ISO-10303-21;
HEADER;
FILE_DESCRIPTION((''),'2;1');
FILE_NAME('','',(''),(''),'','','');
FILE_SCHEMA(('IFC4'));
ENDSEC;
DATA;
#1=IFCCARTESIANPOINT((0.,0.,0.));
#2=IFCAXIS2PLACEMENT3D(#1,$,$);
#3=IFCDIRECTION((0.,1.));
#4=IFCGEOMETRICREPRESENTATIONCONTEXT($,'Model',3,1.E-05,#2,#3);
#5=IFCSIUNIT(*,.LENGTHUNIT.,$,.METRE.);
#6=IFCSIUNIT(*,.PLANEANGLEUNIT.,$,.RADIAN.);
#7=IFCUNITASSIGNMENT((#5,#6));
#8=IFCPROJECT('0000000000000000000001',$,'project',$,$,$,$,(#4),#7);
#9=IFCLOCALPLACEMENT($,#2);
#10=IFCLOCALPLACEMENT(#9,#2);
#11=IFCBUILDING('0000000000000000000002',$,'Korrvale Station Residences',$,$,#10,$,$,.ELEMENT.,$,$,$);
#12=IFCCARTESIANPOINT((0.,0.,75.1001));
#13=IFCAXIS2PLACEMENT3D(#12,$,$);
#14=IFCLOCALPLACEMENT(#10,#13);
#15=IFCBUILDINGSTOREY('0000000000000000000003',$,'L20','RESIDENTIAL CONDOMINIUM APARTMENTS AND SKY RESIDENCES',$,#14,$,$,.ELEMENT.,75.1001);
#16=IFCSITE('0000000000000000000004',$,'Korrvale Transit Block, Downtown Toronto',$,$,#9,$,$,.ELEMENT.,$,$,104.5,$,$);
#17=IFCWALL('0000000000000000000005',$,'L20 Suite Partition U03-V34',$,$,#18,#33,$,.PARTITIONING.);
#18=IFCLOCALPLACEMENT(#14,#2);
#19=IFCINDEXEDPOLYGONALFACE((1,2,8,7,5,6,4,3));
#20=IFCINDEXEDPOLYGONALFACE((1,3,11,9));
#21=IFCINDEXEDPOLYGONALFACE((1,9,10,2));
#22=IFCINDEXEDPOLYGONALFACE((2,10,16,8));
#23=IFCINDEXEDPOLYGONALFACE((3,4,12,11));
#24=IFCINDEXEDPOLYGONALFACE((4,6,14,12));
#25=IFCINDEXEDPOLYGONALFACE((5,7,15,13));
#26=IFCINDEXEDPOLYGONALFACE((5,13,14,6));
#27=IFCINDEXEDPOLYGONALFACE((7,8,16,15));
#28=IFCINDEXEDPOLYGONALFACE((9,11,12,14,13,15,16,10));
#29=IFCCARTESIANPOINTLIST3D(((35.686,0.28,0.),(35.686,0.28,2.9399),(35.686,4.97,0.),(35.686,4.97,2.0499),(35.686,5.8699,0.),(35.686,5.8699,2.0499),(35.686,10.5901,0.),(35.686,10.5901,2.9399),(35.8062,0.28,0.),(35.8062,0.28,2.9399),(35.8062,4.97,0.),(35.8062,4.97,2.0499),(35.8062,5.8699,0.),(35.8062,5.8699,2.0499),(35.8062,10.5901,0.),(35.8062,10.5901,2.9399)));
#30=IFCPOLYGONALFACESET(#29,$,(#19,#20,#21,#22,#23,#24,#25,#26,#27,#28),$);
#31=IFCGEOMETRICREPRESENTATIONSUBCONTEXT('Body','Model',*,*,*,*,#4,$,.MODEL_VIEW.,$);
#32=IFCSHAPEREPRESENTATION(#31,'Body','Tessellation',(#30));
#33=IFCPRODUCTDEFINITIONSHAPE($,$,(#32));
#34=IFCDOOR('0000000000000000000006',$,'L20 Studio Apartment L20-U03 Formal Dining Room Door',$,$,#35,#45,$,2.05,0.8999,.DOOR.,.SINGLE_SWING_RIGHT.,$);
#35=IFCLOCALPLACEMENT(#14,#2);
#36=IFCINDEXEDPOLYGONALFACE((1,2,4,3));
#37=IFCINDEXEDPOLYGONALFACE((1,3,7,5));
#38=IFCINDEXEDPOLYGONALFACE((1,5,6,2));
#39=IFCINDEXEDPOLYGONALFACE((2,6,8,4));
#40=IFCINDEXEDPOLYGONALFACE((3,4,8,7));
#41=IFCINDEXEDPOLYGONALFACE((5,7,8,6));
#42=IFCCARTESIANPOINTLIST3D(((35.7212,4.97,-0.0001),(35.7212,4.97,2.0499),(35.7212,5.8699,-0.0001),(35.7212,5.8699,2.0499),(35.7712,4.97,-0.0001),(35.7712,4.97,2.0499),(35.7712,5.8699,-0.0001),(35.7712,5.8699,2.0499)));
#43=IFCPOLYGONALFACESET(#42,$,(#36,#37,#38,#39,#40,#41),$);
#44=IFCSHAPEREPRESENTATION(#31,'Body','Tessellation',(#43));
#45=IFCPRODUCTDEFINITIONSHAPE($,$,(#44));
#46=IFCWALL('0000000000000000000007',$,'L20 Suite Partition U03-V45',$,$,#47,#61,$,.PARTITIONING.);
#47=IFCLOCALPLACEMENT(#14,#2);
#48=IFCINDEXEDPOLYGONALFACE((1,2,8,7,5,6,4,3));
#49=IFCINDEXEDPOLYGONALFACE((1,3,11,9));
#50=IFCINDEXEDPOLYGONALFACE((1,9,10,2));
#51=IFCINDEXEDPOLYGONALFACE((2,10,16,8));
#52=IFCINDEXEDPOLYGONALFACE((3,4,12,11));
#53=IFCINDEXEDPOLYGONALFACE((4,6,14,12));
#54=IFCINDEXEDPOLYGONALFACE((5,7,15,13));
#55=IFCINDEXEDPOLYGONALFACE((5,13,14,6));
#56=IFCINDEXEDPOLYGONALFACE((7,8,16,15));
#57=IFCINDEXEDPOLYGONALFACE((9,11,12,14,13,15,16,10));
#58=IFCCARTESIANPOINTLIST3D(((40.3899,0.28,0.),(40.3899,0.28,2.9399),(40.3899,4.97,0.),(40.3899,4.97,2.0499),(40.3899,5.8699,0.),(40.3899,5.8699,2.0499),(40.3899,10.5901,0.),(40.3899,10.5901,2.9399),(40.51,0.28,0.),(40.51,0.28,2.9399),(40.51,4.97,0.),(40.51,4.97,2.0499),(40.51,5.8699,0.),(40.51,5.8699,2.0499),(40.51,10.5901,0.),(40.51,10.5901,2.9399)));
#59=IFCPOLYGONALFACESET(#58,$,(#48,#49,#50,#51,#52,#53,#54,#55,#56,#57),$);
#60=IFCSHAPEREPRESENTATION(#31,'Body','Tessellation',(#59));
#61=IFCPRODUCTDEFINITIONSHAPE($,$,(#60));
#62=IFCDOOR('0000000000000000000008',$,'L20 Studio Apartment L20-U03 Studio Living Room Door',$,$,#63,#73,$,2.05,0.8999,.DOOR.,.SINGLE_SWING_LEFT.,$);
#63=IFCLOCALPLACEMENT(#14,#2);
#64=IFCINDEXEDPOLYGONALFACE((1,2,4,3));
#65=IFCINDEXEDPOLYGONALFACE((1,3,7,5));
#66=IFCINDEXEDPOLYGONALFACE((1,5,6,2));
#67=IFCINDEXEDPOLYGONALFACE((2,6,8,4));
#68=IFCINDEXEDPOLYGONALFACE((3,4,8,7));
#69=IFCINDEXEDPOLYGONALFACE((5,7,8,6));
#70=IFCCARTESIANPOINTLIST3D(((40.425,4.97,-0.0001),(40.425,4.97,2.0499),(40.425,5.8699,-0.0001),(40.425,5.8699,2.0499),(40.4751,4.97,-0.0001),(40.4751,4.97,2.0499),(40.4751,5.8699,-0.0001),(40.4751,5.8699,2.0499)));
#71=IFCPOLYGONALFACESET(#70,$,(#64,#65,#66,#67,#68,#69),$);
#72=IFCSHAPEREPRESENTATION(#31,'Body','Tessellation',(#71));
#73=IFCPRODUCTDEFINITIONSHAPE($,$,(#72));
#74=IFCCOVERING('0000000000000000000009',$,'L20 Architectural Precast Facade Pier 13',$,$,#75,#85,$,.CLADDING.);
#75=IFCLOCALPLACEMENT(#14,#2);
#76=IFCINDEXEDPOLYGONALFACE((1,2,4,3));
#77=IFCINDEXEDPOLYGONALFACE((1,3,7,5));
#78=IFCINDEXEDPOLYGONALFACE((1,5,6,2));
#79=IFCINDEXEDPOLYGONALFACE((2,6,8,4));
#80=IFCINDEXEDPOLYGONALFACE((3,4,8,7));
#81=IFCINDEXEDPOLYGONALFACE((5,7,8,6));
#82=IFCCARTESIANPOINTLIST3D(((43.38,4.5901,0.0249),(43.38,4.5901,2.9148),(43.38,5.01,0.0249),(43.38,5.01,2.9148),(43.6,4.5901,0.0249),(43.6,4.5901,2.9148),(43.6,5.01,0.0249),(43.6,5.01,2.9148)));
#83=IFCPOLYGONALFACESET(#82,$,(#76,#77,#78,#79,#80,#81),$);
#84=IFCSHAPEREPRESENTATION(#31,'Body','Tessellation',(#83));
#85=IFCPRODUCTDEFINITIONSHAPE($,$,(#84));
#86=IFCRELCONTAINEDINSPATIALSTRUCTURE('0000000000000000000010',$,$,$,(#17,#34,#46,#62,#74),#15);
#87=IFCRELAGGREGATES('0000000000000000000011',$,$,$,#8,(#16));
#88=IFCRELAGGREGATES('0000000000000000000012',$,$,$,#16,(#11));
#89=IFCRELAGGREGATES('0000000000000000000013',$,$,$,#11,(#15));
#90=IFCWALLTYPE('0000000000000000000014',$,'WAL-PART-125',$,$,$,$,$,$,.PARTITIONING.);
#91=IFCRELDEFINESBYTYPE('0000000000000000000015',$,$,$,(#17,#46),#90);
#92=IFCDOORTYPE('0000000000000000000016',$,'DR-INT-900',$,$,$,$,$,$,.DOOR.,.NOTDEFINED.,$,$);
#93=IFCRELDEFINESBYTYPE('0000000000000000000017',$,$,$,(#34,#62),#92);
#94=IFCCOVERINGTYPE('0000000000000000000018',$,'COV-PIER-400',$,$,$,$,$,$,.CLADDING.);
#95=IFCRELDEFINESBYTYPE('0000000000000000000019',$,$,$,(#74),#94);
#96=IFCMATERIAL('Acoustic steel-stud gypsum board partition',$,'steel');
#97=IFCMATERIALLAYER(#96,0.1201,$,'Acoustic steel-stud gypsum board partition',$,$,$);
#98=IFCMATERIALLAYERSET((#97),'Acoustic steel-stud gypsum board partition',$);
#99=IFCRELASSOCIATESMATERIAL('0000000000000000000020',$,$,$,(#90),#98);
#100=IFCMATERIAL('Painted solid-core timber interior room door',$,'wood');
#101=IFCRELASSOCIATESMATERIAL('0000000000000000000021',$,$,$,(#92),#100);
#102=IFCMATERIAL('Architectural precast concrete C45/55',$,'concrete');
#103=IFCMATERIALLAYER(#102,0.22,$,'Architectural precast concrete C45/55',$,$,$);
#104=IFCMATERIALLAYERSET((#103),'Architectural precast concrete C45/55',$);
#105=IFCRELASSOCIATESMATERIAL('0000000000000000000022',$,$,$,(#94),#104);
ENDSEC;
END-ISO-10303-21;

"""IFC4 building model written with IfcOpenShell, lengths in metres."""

from ifc_helpers import new_model, si_unit, direction, frame, frame_2d, origin, origin_2d, place, context, subcontext, project, spatial, rectangle, extrude, material, layer, layer_set, type_object, element, fill, save


model = new_model("IFC4")

# Units and contexts
model_context = context("Model", 3, precision=1e-05, world=origin(), true_north=direction((0.0, 1.0)))
body_context = subcontext(model_context, "Body", "Model", "MODEL_VIEW")
ifc_project = project(units=[si_unit("LENGTHUNIT", "METRE"), si_unit("PLANEANGLEUNIT", "RADIAN")], contexts=[model_context])

# Site, building, storey
site_placement = place(None, origin())
site = spatial("IfcSite", under=ifc_project, at=site_placement, Name="Korrvale Transit Block, Downtown Toronto", CompositionType="ELEMENT", RefElevation=104.5)
building_placement = place(site_placement, origin())
building = spatial("IfcBuilding", under=site, at=building_placement, Name="Korrvale Station Residences", CompositionType="ELEMENT")
storey_placement = place(building_placement, frame((0.0, 0.0, 75.1001)))
storey = spatial("IfcBuildingStorey", under=building, at=storey_placement, Name="L20", Description="RESIDENTIAL CONDOMINIUM APARTMENTS AND SKY RESIDENCES", CompositionType="ELEMENT", Elevation=75.1001)

# Walls, openings, doors
ifc_material_1 = material(Name="Acoustic steel-stud gypsum board partition", Category="steel")
ifc_layer_1 = layer(ifc_material_1, 0.1201, Name="Acoustic steel-stud gypsum board partition")
ifc_layer_set_1 = layer_set([ifc_layer_1], Name="Acoustic steel-stud gypsum board partition")
wall_type_1 = type_object("IfcWallType", Name="WAL-PART-125", PredefinedType="PARTITIONING", material=ifc_layer_set_1)
wall_1_placement = place(storey_placement, frame((35.7461, 0.28, 0.0), z_axis=(0.0, 0.0, 1.0), x_axis=(0.0, 1.0, 0.0)))
wall_1 = element("IfcWall", 1, at=wall_1_placement, inside=storey, type_object=wall_type_1, Name="L20 Suite Partition U03-V34", PredefinedType="PARTITIONING", context=body_context, shape_type="SweptSolid", body=[
    extrude(rectangle(XDim=10.3101, YDim=0.1201, at=frame_2d((5.155, 0.0))), origin(), (0.0, 0.0, 1.0), 2.9399),
])
opening_1_placement = place(wall_1_placement, frame((4.6899, 0.0, 0.0)))
opening_1 = element("IfcOpeningElement", 2, at=opening_1_placement, cuts=wall_1, PredefinedType="OPENING", context=body_context, shape_type="SweptSolid", body=[
    extrude(rectangle(XDim=0.8999, YDim=2.05, at=frame_2d((0.45, 1.0249))), frame((0.0, 0.0701, 0.0), z_axis=(0.0, -1.0, 0.0), x_axis=(1.0, 0.0, 0.0)), (0.0, 0.0, 1.0), 0.1401),
])
ifc_material_2 = material(Name="Painted solid-core timber interior room door", Category="wood")
door_type = type_object("IfcDoorType", Name="DR-INT-900", OperationType="NOTDEFINED", PredefinedType="DOOR", material=ifc_material_2)
door_1_placement = place(opening_1_placement, origin())
door_1 = element("IfcDoor", 3, at=door_1_placement, inside=storey, type_object=door_type, Name="L20 Studio Apartment L20-U03 Formal Dining Room Door", OperationType="SINGLE_SWING_RIGHT", OverallHeight=2.05, OverallWidth=0.8999, PredefinedType="DOOR", context=body_context, shape_type="SweptSolid", body=[
    extrude(rectangle(XDim=0.8999, YDim=2.05, at=frame_2d((0.45, 1.0249))), frame((0.0, 0.0249, 0.0), z_axis=(0.0, -1.0, 0.0), x_axis=(1.0, 0.0, 0.0)), (0.0, 0.0, 1.0), 0.05),
])
fill(opening_1, door_1)
wall_2_placement = place(storey_placement, frame((40.45, 0.28, 0.0), z_axis=(0.0, 0.0, 1.0), x_axis=(0.0, 1.0, 0.0)))
wall_2 = element("IfcWall", 4, at=wall_2_placement, inside=storey, type_object=wall_type_1, Name="L20 Suite Partition U03-V45", PredefinedType="PARTITIONING", context=body_context, shape_type="SweptSolid", body=[
    extrude(rectangle(XDim=10.3101, YDim=0.1201, at=frame_2d((5.155, 0.0))), origin(), (0.0, 0.0, 1.0), 2.9399),
])
opening_2_placement = place(wall_2_placement, frame((4.6899, 0.0, 0.0)))
opening_2 = element("IfcOpeningElement", 5, at=opening_2_placement, cuts=wall_2, PredefinedType="OPENING", context=body_context, shape_type="SweptSolid", body=[
    extrude(rectangle(XDim=0.8999, YDim=2.05, at=frame_2d((0.45, 1.0249))), frame((0.0, 0.0701, 0.0), z_axis=(0.0, -1.0, 0.0), x_axis=(1.0, 0.0, 0.0)), (0.0, 0.0, 1.0), 0.1401),
])
door_2_placement = place(opening_2_placement, origin())
door_2 = element("IfcDoor", 6, at=door_2_placement, inside=storey, type_object=door_type, Name="L20 Studio Apartment L20-U03 Studio Living Room Door", OperationType="SINGLE_SWING_LEFT", OverallHeight=2.05, OverallWidth=0.8999, PredefinedType="DOOR", context=body_context, shape_type="SweptSolid", body=[
    extrude(rectangle(XDim=0.8999, YDim=2.05, at=frame_2d((0.45, 1.0249))), frame((0.0, 0.0249, 0.0), z_axis=(0.0, -1.0, 0.0), x_axis=(1.0, 0.0, 0.0)), (0.0, 0.0, 1.0), 0.05),
])
fill(opening_2, door_2)

# Covering
ifc_material_3 = material(Name="Architectural precast concrete C45/55", Category="concrete")
ifc_layer_2 = layer(ifc_material_3, 0.22, Name="Architectural precast concrete C45/55")
ifc_layer_set_2 = layer_set([ifc_layer_2], Name="Architectural precast concrete C45/55")
covering_type = type_object("IfcCoveringType", Name="COV-PIER-400", PredefinedType="CLADDING", material=ifc_layer_set_2)
covering_placement = place(storey_placement, frame((43.49, 4.8, 0.0249), z_axis=(0.0, 0.0, 1.0), x_axis=(0.0, 1.0, 0.0)))
element("IfcCovering", 7, at=covering_placement, inside=storey, type_object=covering_type, Name="L20 Architectural Precast Facade Pier 13", PredefinedType="CLADDING", context=body_context, shape_type="SweptSolid", body=[
    extrude(rectangle(XDim=0.4199, YDim=0.22, at=origin_2d()), origin(), (0.0, 0.0, 1.0), 2.8899),
])

save(model, "model.ifc")
